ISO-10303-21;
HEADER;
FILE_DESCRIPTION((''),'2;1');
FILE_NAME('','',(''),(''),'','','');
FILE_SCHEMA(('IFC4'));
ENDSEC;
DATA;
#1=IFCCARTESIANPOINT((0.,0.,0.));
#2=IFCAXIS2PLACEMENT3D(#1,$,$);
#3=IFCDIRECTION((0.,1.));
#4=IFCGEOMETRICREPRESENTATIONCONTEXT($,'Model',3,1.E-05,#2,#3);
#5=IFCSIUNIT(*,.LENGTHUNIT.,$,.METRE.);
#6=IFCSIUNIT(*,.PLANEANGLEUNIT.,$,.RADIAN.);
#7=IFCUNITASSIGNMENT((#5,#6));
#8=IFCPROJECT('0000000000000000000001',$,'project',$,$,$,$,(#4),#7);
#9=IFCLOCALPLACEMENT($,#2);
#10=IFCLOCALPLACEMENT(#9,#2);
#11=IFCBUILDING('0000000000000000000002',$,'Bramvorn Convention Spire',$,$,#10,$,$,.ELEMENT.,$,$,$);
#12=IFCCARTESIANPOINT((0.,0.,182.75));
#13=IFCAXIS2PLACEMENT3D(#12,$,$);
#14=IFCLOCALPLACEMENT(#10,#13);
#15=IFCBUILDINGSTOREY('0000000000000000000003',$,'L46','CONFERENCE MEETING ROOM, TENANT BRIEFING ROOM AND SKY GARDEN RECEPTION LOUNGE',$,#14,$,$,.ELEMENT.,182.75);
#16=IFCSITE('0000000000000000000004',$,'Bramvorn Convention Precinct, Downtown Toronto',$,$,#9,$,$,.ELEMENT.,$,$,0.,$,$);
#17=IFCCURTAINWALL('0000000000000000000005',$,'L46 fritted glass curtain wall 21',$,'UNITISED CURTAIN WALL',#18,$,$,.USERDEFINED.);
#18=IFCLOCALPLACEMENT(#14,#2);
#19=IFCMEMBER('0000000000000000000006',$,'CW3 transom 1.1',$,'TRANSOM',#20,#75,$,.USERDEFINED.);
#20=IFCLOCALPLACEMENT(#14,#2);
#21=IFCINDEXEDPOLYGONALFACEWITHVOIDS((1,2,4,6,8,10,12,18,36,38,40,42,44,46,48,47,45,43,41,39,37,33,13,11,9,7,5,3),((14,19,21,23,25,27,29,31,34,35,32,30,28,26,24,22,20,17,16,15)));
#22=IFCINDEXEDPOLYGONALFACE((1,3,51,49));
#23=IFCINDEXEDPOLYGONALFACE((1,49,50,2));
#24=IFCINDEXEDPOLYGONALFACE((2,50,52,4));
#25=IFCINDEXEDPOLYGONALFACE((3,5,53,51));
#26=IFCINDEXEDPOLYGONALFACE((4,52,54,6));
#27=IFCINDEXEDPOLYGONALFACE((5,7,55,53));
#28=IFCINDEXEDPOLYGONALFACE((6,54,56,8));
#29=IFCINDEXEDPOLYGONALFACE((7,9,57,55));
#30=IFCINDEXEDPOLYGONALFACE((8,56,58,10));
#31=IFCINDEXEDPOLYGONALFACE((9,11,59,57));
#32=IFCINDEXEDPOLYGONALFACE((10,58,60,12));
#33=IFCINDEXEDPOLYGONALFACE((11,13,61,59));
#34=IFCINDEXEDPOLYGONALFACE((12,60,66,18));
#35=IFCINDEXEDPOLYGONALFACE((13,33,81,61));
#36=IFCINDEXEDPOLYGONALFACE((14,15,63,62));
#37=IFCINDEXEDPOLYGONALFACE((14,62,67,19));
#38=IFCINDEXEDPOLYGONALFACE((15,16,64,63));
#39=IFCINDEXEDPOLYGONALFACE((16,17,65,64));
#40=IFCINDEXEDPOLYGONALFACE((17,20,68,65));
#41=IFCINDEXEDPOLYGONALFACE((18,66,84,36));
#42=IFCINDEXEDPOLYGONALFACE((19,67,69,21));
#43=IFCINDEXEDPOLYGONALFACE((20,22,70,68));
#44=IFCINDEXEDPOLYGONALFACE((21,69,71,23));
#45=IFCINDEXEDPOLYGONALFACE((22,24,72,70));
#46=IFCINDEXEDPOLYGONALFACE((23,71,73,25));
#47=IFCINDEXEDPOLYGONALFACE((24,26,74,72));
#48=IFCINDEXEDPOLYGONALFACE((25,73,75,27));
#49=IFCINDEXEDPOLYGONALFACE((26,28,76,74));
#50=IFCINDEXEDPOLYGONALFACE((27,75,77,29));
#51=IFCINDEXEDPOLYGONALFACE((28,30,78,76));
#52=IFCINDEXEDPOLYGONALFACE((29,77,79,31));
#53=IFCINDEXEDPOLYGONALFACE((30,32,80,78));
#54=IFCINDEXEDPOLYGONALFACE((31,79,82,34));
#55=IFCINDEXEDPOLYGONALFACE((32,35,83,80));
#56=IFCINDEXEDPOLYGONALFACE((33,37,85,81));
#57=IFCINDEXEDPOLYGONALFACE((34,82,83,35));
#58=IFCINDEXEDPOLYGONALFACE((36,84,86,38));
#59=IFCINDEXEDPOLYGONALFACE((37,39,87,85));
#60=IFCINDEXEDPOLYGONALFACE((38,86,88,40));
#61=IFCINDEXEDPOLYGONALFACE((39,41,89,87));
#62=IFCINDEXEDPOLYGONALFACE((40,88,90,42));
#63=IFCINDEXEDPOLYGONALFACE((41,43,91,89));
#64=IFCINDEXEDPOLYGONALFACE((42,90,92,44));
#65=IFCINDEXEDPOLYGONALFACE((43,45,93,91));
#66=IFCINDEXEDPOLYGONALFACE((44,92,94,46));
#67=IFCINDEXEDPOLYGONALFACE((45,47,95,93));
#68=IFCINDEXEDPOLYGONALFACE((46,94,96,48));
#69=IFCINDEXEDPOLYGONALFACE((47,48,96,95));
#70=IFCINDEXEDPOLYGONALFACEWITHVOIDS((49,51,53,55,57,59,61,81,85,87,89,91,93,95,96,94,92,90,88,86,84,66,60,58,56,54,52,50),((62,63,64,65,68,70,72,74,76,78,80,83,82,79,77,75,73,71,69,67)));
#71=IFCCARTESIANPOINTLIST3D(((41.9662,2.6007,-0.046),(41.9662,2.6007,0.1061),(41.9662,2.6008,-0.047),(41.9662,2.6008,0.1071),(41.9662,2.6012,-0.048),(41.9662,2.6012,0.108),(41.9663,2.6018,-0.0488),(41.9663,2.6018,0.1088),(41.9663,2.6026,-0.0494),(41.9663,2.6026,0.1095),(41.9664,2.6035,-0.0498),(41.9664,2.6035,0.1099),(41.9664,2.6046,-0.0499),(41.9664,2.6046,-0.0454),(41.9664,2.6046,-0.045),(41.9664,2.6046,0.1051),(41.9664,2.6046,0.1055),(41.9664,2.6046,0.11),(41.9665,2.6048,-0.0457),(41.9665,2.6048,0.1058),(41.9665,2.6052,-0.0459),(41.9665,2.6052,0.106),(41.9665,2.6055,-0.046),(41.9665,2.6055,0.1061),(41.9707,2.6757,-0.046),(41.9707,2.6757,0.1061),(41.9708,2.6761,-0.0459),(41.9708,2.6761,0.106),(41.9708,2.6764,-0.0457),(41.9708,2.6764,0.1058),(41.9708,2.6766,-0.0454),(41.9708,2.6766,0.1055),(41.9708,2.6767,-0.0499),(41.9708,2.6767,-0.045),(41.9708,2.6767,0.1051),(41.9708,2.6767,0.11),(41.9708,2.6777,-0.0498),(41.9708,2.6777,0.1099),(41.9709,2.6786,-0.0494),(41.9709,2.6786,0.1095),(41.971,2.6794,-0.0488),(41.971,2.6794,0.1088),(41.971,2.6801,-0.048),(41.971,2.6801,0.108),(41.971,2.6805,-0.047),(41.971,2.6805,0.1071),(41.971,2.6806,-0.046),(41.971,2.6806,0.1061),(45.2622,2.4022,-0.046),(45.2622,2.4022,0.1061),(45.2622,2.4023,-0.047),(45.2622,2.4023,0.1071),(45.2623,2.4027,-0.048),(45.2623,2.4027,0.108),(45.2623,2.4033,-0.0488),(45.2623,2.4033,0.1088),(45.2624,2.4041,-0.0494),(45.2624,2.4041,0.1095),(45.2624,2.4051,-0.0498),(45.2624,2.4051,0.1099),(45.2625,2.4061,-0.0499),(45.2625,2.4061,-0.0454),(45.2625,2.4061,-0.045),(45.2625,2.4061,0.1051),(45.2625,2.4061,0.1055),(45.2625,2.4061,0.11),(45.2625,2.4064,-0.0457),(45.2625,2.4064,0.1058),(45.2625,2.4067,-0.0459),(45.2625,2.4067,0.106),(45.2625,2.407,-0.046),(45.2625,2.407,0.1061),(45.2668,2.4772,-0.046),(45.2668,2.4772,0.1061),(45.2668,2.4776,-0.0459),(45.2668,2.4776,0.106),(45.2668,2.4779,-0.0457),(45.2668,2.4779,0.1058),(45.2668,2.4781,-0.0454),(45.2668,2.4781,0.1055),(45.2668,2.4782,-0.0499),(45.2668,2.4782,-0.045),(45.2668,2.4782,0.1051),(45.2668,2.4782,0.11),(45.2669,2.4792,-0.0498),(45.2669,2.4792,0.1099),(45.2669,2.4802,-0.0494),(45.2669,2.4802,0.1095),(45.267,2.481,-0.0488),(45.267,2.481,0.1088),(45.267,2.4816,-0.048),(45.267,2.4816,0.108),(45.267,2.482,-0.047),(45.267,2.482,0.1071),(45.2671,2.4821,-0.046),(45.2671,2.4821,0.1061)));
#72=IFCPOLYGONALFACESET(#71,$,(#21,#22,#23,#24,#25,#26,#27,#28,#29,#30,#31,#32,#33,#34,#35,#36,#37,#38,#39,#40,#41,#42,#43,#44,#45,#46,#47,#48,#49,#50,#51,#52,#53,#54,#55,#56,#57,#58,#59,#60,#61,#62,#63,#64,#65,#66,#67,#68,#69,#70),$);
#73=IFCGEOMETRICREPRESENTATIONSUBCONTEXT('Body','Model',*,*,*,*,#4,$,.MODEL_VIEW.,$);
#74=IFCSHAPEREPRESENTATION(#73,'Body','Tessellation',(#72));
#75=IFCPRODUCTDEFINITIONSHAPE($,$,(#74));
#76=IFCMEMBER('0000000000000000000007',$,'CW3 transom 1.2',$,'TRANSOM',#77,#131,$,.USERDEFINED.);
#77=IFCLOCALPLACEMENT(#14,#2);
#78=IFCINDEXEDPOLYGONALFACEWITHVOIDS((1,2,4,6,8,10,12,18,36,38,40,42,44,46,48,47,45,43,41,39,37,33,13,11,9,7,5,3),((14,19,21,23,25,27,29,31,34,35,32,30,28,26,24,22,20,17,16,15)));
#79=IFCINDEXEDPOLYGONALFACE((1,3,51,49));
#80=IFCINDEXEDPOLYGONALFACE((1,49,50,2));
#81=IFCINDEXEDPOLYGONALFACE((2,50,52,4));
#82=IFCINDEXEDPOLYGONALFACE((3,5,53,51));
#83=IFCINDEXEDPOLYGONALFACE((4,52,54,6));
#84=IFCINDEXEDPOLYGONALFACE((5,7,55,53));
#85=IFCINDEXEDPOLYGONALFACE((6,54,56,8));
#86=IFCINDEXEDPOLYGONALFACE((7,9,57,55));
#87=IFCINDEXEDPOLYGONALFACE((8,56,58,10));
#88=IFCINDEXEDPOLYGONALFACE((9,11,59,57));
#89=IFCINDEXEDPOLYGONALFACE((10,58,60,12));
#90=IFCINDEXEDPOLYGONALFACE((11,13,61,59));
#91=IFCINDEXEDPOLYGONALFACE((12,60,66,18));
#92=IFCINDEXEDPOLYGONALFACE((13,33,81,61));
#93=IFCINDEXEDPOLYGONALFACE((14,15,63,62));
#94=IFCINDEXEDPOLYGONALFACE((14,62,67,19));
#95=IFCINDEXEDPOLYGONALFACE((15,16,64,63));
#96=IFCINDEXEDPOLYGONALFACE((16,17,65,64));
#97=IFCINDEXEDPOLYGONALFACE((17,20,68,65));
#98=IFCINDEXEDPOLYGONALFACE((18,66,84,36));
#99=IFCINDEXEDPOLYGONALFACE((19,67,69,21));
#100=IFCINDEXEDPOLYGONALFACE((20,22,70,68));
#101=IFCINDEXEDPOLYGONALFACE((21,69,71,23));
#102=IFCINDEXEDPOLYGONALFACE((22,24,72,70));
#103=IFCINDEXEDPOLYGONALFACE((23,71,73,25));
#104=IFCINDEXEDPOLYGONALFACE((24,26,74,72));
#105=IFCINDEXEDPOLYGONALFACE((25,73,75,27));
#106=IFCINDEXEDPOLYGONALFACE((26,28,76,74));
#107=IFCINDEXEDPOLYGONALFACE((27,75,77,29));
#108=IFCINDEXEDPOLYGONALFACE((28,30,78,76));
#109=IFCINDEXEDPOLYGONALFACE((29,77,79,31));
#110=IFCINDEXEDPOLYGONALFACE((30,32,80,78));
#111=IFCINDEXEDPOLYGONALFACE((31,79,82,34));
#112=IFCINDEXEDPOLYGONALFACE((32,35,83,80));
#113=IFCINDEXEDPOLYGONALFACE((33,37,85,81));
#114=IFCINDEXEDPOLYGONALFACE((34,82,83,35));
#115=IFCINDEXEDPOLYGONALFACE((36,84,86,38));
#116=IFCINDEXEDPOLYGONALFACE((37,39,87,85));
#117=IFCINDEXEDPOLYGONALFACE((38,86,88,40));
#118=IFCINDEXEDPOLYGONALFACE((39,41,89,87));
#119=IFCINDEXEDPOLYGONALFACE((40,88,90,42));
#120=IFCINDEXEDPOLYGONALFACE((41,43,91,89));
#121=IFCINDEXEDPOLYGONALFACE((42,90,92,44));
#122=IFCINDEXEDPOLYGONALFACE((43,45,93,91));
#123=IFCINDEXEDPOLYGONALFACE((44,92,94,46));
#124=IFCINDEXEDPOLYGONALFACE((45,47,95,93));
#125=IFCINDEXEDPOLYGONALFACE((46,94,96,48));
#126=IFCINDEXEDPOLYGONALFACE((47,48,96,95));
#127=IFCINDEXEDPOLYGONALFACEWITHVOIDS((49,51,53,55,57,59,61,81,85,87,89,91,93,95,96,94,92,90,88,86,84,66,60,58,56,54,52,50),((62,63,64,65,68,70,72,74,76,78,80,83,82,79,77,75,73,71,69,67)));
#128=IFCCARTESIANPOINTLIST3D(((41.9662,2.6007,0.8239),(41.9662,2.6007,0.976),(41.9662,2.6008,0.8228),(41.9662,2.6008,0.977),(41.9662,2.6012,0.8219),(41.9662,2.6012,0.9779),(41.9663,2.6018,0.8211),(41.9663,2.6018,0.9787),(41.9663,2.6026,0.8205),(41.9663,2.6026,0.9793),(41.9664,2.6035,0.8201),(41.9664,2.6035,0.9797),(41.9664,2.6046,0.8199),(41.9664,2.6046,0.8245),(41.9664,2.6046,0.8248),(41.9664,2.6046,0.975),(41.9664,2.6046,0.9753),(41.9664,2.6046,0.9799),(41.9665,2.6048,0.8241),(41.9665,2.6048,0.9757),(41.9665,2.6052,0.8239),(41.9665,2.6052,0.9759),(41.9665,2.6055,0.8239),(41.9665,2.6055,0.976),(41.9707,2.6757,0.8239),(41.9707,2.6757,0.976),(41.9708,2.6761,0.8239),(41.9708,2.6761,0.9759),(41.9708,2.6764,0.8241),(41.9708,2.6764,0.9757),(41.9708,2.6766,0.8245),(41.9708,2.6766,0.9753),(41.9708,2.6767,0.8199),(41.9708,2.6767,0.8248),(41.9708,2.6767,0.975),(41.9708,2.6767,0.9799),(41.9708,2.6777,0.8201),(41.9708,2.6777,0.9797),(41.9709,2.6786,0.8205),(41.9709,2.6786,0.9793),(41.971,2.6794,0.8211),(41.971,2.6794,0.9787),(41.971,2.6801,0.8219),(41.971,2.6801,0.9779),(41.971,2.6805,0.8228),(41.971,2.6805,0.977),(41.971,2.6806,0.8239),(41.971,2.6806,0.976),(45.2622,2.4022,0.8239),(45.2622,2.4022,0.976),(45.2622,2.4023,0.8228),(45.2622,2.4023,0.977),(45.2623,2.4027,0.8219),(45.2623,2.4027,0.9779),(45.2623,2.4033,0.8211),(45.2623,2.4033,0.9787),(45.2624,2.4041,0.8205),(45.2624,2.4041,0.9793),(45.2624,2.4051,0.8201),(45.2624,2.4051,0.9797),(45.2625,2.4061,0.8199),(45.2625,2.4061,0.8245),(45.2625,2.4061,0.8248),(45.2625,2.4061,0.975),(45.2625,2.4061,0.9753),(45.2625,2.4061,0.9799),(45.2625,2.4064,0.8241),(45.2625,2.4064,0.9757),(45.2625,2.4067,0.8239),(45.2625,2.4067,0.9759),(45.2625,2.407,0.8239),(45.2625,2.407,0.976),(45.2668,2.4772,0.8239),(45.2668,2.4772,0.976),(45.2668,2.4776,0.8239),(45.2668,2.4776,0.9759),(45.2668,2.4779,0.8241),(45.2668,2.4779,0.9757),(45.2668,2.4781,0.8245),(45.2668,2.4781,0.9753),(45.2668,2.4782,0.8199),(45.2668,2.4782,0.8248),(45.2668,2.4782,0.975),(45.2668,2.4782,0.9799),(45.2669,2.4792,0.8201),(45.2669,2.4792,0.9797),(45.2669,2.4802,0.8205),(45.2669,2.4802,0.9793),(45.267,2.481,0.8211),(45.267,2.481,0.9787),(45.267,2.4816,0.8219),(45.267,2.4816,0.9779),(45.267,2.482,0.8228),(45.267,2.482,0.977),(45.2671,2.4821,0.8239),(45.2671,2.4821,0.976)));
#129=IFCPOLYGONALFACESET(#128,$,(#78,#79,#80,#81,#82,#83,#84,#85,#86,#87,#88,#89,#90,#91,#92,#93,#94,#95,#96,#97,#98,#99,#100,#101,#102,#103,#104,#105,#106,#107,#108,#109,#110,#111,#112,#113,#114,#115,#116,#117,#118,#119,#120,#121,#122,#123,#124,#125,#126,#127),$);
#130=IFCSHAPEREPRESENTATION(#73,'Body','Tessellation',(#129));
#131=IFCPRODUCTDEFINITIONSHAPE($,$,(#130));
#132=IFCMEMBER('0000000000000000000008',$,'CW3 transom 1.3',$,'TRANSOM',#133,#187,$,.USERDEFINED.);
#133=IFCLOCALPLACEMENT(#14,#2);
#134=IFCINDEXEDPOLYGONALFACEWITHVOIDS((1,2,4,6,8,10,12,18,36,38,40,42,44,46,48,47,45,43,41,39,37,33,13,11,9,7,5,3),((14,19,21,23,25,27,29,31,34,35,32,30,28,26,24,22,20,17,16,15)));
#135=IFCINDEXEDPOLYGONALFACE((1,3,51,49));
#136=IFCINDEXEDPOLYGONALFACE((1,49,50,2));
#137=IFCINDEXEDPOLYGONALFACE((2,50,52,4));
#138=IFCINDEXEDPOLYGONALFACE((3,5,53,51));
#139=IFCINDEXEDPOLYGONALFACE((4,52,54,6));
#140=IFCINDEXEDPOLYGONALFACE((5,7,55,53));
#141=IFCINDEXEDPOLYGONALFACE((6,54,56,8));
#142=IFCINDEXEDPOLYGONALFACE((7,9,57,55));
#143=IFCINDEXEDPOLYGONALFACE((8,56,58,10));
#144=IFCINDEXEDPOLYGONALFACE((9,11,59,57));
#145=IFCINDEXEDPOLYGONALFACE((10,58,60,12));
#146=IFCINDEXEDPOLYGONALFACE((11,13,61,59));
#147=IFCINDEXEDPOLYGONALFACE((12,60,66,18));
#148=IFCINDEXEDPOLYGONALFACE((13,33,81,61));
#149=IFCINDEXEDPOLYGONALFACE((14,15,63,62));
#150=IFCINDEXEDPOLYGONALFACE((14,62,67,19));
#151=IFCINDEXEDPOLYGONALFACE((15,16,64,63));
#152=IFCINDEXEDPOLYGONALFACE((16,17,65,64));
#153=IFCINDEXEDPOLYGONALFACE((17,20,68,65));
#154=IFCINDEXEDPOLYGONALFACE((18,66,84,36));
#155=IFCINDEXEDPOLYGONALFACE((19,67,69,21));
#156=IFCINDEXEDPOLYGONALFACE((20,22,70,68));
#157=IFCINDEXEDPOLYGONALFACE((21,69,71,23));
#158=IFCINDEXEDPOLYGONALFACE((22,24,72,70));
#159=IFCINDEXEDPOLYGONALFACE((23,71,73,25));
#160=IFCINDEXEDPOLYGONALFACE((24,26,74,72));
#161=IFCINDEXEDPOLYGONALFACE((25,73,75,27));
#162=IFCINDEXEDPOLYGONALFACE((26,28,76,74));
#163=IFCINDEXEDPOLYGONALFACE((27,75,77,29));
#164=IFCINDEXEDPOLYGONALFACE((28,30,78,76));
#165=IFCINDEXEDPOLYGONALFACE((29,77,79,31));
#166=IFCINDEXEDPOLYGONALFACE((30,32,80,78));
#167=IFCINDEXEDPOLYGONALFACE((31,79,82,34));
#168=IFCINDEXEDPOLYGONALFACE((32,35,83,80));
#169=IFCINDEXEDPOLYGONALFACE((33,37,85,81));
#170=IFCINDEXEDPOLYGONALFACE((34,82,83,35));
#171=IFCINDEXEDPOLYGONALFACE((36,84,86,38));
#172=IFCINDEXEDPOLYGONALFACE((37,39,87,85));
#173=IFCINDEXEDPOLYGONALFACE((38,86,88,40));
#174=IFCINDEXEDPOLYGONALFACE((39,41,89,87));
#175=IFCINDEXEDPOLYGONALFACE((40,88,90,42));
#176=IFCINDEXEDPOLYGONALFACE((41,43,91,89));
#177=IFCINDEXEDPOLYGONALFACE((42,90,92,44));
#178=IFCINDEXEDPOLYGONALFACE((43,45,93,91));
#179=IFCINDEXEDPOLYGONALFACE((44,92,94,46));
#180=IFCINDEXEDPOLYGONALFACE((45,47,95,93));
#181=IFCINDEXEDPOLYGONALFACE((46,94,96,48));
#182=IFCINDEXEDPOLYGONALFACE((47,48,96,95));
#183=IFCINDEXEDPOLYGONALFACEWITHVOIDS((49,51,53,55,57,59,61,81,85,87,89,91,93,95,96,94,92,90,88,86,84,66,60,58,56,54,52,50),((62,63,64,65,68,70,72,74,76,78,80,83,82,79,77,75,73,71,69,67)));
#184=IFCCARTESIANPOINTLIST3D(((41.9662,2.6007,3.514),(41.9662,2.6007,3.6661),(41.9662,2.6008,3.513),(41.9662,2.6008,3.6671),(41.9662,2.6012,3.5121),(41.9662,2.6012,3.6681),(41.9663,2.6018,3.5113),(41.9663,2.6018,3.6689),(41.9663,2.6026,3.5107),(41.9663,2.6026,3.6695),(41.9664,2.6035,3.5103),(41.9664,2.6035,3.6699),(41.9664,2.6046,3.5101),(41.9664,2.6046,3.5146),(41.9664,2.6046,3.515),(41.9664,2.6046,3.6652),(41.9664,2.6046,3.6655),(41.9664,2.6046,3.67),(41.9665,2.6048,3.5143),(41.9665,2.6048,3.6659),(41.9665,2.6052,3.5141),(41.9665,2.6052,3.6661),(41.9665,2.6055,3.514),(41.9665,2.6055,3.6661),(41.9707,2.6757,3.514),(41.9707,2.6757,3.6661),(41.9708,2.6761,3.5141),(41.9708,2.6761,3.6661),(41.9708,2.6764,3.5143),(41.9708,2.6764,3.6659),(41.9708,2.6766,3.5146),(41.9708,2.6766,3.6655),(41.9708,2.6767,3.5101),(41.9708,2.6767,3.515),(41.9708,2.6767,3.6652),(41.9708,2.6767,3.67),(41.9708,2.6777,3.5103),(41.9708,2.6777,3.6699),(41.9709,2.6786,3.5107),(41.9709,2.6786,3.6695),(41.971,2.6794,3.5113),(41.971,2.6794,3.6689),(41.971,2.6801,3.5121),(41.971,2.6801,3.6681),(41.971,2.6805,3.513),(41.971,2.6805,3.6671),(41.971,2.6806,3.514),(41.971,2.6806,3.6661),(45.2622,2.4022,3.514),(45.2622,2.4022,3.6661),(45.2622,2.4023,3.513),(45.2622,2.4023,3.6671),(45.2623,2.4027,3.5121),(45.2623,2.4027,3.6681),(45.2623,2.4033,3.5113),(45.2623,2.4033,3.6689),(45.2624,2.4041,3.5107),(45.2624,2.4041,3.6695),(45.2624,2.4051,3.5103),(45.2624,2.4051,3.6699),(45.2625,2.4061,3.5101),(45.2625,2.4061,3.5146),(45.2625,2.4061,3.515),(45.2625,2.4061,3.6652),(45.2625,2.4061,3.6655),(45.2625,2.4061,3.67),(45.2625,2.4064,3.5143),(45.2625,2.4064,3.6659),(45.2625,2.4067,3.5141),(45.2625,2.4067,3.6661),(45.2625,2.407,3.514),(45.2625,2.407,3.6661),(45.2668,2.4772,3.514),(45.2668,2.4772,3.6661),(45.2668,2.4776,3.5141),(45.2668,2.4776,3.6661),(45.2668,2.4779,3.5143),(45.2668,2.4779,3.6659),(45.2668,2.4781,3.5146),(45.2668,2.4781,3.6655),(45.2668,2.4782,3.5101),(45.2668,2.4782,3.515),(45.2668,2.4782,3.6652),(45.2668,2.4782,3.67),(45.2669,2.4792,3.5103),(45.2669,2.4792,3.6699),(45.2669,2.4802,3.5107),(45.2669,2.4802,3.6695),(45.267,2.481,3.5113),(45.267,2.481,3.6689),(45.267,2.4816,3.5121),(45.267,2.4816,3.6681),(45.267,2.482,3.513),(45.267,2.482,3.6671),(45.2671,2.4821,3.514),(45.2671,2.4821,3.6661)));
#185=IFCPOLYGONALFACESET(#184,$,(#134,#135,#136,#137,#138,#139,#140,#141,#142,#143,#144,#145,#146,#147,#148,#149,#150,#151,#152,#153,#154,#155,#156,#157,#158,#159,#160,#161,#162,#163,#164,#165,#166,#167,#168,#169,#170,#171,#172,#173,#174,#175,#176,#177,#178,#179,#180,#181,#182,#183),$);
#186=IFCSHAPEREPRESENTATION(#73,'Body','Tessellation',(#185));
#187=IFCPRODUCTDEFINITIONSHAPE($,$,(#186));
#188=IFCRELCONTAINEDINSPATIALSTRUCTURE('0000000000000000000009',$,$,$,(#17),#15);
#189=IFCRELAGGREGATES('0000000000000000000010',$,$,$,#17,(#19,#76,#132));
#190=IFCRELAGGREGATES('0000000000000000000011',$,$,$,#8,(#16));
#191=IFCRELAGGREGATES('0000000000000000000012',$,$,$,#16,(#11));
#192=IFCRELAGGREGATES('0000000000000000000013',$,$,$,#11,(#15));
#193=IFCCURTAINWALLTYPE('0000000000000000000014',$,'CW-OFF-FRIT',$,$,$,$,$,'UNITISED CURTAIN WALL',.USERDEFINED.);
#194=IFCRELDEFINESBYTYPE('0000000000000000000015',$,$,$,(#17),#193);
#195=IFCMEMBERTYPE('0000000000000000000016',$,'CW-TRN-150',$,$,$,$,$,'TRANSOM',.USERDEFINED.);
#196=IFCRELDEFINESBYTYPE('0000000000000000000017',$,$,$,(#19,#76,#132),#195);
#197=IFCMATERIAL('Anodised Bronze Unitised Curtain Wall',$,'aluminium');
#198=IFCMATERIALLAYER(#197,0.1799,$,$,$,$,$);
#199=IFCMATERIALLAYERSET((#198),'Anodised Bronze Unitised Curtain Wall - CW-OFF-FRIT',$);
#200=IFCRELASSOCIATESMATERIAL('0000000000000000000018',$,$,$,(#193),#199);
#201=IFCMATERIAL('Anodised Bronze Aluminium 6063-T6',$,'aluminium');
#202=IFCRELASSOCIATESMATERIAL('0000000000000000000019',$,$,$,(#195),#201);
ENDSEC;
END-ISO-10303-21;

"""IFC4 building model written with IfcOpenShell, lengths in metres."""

from ifc_helpers import new_model, si_unit, direction, frame, origin, origin_2d, place, context, subcontext, project, spatial, hollow_rectangle, extrude, material, layer, layer_set, material_profile, profile_set, type_object, element, aggregate, save


model = new_model("IFC4")

# Units and contexts
model_context = context("Model", 3, precision=1e-05, world=origin(), true_north=direction((0.0, 1.0)))
body_context = subcontext(model_context, "Body", "Model", "MODEL_VIEW")
ifc_project = project(units=[si_unit("LENGTHUNIT", "METRE"), si_unit("PLANEANGLEUNIT", "RADIAN")], contexts=[model_context])

# Site, building, storey
site_placement = place(None, origin())
site = spatial("IfcSite", under=ifc_project, at=site_placement, Name="Bramvorn Convention Precinct, Downtown Toronto", CompositionType="ELEMENT", RefElevation=0.0)
building_placement = place(site_placement, origin())
building = spatial("IfcBuilding", under=site, at=building_placement, Name="Bramvorn Convention Spire", CompositionType="ELEMENT")
storey_placement = place(building_placement, frame((0.0, 0.0, 182.75)))
storey = spatial("IfcBuildingStorey", under=building, at=storey_placement, Name="L46", Description="CONFERENCE MEETING ROOM, TENANT BRIEFING ROOM AND SKY GARDEN RECEPTION LOUNGE", CompositionType="ELEMENT", Elevation=182.75)

# Curtain wall
ifc_material_1 = material(Name="Anodised Bronze Unitised Curtain Wall", Category="aluminium")
ifc_layer_1 = layer(ifc_material_1, 0.1799)
ifc_layer_set_1 = layer_set([ifc_layer_1], Name="Anodised Bronze Unitised Curtain Wall - CW-OFF-FRIT")
curtain_wall_type = type_object("IfcCurtainWallType", Name="CW-OFF-FRIT", ElementType="UNITISED CURTAIN WALL", PredefinedType="USERDEFINED", material=ifc_layer_set_1)
curtain_wall_1_placement = place(storey_placement, origin())
curtain_wall_1 = element("IfcCurtainWall", 1, at=curtain_wall_1_placement, inside=storey, type_object=curtain_wall_type, Name="L46 fritted glass curtain wall 21", ObjectType="UNITISED CURTAIN WALL", PredefinedType="USERDEFINED")
ifc_material_2 = material(Name="Anodised Bronze Aluminium 6063-T6", Category="aluminium")

# Members
ifc_material_profile_1 = material_profile(ifc_material_2, hollow_rectangle(XDim=0.0801, YDim=0.1599, WallThickness=0.0039, InnerFilletRadius=0.001, OuterFilletRadius=0.0039, at=origin_2d()))
ifc_profile_set_1 = profile_set([ifc_material_profile_1], Name="Anodised Bronze Aluminium 6063-T6 - CWT80X160")
member_type_1 = type_object("IfcMemberType", Name="CW-TRN-150", ElementType="TRANSOM", PredefinedType="USERDEFINED", material=ifc_profile_set_1)
member_1_placement = place(storey_placement, frame((45.2646, 2.4421, 0.03), z_axis=(-0.998192, 0.060109, 0.0), x_axis=(-0.060109, -0.998192, 0.0)))
member_1 = element("IfcMember", 2, at=member_1_placement, type_object=member_type_1, Name="CW3 transom 1.1", ObjectType="TRANSOM", PredefinedType="USERDEFINED", context=body_context, shape_type="SweptSolid", body=[
    extrude(hollow_rectangle(XDim=0.0801, YDim=0.1599, WallThickness=0.0039, InnerFilletRadius=0.001, OuterFilletRadius=0.0039, at=origin_2d()), origin(), (0.0, 0.0, 1.0), 3.302),
])
member_2_placement = place(storey_placement, frame((45.2646, 2.4421, 0.8999), z_axis=(-0.998192, 0.060109, 0.0), x_axis=(-0.060109, -0.998192, 0.0)))
member_2 = element("IfcMember", 3, at=member_2_placement, type_object=member_type_1, Name="CW3 transom 1.2", ObjectType="TRANSOM", PredefinedType="USERDEFINED", context=body_context, shape_type="SweptSolid", body=[
    extrude(hollow_rectangle(XDim=0.0801, YDim=0.1599, WallThickness=0.0039, InnerFilletRadius=0.001, OuterFilletRadius=0.0039, at=origin_2d()), origin(), (0.0, 0.0, 1.0), 3.302),
])
member_3_placement = place(storey_placement, frame((45.2646, 2.4421, 3.5901), z_axis=(-0.998192, 0.060109, 0.0), x_axis=(-0.060109, -0.998192, 0.0)))
member_3 = element("IfcMember", 4, at=member_3_placement, type_object=member_type_1, Name="CW3 transom 1.3", ObjectType="TRANSOM", PredefinedType="USERDEFINED", context=body_context, shape_type="SweptSolid", body=[
    extrude(hollow_rectangle(XDim=0.0801, YDim=0.1599, WallThickness=0.0039, InnerFilletRadius=0.001, OuterFilletRadius=0.0039, at=origin_2d()), origin(), (0.0, 0.0, 1.0), 3.302),
])

aggregate(curtain_wall_1, [member_1, member_2, member_3])

save(model, "model.ifc")
